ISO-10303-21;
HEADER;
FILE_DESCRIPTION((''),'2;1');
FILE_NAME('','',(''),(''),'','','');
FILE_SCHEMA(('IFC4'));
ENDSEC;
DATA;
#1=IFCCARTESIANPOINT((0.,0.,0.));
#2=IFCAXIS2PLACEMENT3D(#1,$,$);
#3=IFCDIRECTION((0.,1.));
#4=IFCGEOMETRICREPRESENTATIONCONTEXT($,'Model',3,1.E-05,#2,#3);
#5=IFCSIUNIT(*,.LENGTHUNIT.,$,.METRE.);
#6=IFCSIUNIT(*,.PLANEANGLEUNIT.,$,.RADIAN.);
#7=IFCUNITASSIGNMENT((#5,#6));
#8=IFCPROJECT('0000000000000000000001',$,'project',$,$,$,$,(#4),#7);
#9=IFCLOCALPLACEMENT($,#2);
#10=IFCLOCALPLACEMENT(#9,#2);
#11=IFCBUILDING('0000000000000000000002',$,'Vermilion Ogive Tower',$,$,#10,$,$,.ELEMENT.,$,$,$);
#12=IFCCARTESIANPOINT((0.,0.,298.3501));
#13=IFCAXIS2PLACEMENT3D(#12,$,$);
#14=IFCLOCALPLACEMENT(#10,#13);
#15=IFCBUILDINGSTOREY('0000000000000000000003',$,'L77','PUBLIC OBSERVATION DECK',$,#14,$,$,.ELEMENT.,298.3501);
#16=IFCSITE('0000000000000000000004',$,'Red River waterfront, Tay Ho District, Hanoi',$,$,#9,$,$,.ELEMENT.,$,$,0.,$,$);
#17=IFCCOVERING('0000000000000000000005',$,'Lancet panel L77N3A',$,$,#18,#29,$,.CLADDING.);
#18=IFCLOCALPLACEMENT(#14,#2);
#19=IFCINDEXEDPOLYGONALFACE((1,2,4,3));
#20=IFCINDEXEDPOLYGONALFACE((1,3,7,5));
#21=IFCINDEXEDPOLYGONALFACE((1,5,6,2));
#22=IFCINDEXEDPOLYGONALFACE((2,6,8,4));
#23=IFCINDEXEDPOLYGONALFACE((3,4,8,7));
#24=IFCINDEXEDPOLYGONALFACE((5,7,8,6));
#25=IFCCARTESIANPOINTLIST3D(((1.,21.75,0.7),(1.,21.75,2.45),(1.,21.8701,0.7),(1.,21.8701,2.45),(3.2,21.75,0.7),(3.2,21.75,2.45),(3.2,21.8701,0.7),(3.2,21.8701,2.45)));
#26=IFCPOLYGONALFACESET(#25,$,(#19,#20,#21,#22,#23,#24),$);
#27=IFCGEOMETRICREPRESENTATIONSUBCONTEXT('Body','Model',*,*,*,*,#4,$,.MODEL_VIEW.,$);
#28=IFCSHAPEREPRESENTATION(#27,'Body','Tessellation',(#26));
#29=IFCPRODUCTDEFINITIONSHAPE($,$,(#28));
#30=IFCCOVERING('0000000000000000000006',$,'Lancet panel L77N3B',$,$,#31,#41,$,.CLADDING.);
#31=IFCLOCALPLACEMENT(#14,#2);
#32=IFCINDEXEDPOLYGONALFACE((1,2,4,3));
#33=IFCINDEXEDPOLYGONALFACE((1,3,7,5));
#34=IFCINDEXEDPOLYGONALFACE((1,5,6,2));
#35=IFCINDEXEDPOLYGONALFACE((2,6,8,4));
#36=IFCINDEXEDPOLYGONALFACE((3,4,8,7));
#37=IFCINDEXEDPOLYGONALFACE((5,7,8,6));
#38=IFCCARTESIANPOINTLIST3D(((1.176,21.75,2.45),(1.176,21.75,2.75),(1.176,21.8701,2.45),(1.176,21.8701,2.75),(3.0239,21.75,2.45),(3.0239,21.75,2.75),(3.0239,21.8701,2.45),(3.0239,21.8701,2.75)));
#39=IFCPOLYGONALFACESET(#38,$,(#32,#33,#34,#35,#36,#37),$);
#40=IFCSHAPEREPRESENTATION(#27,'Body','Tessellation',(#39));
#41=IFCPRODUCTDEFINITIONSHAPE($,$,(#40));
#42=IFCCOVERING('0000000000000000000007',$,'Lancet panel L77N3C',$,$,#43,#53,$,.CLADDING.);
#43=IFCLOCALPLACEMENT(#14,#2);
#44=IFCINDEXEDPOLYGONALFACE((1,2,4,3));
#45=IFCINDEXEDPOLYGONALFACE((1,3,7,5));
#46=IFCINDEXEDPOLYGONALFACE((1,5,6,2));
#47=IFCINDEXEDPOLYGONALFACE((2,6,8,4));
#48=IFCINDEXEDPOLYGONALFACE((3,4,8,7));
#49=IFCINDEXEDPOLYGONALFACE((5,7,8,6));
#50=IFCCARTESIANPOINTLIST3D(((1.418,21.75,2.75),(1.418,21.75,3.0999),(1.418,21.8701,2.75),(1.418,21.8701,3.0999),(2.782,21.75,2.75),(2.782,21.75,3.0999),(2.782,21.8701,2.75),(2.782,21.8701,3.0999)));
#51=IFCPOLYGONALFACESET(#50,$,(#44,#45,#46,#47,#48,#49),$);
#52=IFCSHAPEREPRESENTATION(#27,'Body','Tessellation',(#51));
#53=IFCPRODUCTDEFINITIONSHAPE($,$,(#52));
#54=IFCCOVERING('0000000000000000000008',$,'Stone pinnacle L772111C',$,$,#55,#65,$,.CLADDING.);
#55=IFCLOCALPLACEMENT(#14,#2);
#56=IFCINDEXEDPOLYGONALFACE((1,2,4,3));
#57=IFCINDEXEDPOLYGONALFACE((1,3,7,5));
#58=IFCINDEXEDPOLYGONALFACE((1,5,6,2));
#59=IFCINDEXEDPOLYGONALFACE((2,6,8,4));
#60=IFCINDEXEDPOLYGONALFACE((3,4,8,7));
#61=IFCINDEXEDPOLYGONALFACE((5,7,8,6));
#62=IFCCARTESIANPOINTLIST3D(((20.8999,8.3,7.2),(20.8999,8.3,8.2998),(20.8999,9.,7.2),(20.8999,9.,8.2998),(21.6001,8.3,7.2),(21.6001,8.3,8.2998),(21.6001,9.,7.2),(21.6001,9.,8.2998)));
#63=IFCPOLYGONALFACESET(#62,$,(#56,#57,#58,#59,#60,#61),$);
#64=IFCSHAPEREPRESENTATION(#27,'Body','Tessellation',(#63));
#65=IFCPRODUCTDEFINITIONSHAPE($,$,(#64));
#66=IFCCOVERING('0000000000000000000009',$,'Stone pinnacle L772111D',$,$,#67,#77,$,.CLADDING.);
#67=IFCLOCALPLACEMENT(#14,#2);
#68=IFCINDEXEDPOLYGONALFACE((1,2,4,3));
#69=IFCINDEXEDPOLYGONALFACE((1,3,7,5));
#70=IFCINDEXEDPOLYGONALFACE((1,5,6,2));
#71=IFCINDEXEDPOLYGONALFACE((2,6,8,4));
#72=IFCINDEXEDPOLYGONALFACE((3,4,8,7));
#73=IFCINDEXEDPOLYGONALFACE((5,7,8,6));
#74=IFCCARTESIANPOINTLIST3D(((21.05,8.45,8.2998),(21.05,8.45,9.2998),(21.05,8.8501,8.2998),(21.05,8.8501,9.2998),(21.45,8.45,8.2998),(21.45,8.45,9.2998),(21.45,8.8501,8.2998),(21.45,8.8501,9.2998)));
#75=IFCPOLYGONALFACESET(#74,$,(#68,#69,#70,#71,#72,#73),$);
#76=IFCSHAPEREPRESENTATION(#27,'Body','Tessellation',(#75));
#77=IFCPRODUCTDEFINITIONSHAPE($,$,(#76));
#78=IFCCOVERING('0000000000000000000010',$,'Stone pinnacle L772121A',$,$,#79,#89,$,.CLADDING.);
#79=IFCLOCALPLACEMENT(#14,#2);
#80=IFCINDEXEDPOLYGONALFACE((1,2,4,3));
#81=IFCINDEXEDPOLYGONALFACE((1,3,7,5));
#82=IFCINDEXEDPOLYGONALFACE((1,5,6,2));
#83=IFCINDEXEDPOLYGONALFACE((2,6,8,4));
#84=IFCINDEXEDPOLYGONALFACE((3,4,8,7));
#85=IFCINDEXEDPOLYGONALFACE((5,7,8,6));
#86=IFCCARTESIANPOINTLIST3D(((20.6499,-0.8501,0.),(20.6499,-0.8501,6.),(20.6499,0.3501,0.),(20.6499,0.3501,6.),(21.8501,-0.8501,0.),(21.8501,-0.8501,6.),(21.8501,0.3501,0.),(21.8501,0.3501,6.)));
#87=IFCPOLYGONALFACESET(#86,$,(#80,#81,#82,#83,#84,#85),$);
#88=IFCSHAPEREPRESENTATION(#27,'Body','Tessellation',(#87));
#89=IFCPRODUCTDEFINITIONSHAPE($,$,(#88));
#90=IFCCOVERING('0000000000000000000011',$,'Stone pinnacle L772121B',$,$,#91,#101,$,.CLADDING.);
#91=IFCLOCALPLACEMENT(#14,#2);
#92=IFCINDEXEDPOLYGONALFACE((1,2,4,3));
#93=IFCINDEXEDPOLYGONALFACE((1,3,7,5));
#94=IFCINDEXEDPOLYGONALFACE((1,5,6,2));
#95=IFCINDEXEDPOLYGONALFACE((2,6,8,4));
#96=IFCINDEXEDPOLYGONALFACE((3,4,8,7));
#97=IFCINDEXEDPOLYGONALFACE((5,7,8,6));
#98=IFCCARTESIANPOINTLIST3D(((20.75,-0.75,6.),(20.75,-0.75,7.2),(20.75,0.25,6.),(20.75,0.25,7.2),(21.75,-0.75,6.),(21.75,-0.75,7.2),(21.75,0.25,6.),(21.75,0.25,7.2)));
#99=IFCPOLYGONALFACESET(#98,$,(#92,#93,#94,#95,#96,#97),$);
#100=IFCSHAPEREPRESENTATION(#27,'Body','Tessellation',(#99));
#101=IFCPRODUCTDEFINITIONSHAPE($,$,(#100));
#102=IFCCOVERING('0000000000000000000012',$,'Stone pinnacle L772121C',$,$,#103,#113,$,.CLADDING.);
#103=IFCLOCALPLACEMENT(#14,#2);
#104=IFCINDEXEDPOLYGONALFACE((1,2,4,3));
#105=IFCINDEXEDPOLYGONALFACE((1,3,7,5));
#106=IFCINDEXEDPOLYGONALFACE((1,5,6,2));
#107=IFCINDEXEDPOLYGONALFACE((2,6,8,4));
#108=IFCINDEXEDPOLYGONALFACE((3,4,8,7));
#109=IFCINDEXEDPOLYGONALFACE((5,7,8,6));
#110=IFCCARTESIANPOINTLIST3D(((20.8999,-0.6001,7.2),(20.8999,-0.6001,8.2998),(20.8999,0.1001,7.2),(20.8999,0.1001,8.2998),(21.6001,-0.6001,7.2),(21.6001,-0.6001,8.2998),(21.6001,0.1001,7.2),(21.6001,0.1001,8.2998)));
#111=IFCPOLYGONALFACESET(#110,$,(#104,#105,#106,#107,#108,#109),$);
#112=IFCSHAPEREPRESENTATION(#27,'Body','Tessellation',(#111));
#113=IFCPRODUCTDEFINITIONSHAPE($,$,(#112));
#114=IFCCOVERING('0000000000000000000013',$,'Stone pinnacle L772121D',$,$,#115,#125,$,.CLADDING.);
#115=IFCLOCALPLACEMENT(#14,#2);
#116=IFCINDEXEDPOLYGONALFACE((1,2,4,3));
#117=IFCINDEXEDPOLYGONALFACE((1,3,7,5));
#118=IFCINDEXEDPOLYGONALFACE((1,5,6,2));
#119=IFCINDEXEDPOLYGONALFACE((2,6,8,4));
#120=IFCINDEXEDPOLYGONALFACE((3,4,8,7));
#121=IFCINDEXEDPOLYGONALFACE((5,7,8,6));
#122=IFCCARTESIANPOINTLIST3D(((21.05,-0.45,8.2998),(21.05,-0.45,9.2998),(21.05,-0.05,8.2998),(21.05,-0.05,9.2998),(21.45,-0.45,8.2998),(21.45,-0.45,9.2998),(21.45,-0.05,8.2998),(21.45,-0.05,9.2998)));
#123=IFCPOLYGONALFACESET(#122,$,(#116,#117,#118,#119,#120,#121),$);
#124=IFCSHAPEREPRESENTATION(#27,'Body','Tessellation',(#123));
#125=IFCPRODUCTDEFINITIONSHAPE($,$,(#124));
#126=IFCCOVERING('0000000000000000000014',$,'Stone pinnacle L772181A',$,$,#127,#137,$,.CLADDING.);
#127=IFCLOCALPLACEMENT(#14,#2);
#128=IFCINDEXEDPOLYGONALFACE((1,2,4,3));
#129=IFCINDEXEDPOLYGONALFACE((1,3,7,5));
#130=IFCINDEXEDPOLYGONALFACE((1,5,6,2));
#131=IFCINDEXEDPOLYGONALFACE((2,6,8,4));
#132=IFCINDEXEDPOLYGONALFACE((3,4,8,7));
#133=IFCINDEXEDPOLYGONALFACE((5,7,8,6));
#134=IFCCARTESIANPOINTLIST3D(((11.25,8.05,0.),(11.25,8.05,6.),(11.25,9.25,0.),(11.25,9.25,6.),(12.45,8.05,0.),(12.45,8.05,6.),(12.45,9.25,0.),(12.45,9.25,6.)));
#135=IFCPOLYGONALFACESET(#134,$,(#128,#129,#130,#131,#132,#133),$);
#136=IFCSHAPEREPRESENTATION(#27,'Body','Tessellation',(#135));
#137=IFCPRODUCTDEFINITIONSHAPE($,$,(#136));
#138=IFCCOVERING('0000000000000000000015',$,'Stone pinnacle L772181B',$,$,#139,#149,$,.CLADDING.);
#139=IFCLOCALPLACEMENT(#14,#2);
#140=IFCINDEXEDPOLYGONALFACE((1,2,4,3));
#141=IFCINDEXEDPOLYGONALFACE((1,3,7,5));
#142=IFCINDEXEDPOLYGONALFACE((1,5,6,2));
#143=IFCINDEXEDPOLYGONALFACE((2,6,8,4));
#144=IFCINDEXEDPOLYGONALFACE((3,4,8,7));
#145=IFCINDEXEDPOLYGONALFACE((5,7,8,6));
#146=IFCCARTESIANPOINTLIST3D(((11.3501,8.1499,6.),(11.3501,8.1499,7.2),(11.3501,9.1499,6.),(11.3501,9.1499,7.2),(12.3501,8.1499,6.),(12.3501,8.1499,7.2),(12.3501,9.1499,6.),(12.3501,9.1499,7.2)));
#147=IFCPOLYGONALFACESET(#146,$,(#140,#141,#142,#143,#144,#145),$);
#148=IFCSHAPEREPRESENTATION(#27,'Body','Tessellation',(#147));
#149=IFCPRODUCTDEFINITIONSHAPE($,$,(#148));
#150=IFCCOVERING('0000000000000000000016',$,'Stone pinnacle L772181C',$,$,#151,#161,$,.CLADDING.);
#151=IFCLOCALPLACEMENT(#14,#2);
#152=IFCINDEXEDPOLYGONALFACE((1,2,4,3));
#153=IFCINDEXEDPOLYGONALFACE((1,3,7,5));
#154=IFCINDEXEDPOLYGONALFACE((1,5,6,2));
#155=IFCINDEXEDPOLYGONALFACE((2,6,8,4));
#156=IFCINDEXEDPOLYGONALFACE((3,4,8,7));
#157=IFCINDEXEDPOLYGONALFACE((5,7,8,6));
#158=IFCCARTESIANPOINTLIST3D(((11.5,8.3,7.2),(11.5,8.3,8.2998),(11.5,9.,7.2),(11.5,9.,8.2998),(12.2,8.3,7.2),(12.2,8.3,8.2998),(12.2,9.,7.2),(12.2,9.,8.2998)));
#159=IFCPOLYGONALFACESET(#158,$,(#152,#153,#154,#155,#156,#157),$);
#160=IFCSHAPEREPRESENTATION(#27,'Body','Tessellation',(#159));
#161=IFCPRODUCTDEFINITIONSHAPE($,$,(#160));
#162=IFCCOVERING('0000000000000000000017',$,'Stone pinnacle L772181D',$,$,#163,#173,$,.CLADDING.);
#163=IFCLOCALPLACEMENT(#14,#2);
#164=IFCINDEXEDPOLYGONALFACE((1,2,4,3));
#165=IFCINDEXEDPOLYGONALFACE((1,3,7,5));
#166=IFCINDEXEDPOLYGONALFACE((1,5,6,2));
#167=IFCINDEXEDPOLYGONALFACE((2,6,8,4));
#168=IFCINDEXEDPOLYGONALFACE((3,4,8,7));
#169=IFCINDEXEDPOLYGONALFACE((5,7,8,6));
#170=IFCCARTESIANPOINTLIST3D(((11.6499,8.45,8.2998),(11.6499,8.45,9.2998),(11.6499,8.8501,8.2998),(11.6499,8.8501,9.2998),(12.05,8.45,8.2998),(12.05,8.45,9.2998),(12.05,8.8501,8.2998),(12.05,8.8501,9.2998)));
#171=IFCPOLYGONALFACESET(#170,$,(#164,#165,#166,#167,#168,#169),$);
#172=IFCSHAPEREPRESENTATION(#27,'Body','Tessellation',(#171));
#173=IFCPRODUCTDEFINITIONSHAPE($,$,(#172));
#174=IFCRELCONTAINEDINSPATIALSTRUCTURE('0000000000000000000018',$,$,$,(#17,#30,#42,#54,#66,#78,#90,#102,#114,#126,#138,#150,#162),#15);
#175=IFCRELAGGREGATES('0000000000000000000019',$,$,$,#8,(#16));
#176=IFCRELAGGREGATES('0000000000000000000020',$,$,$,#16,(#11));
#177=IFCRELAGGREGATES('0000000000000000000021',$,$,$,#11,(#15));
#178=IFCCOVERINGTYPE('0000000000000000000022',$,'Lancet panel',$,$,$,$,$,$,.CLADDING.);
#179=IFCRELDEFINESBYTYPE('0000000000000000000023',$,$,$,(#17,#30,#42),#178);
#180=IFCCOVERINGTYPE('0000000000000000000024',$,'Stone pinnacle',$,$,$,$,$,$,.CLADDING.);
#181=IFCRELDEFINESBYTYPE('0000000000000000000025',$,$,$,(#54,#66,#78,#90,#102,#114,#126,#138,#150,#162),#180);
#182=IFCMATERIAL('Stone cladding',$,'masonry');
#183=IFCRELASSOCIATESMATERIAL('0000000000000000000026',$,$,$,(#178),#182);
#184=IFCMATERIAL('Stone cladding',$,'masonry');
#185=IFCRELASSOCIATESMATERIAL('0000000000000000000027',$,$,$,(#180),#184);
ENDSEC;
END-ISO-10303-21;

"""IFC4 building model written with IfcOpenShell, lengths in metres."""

from ifc_helpers import new_model, si_unit, direction, frame, origin, place, context, subcontext, project, spatial, polyline, outline, extrude, material, type_object, element, save


model = new_model("IFC4")

# Units and contexts
model_context = context("Model", 3, precision=1e-05, world=origin(), true_north=direction((0.0, 1.0)))
body_context = subcontext(model_context, "Body", "Model", "MODEL_VIEW")
ifc_project = project(units=[si_unit("LENGTHUNIT", "METRE"), si_unit("PLANEANGLEUNIT", "RADIAN")], contexts=[model_context])

# Site, building, storey
site_placement = place(None, origin())
site = spatial("IfcSite", under=ifc_project, at=site_placement, Name="Red River waterfront, Tay Ho District, Hanoi", CompositionType="ELEMENT", RefElevation=0.0)
building_placement = place(site_placement, origin())
building = spatial("IfcBuilding", under=site, at=building_placement, Name="Vermilion Ogive Tower", CompositionType="ELEMENT")
storey_placement = place(building_placement, frame((0.0, 0.0, 298.3501)))
storey = spatial("IfcBuildingStorey", under=building, at=storey_placement, Name="L77", Description="PUBLIC OBSERVATION DECK", CompositionType="ELEMENT", Elevation=298.3501)

# Coverings
ifc_material_1 = material(Name="Stone cladding", Category="masonry")
covering_type_1 = type_object("IfcCoveringType", Name="Lancet panel", PredefinedType="CLADDING", material=ifc_material_1)
covering_1_placement = place(storey_placement, frame((0.0, 0.0, 0.7)))
element("IfcCovering", 1, at=covering_1_placement, inside=storey, type_object=covering_type_1, Name="Lancet panel L77N3A", PredefinedType="CLADDING", context=body_context, shape_type="SweptSolid", body=[
    extrude(outline(polyline([(1.0, 21.75), (3.2, 21.75), (3.2, 21.8701), (1.0, 21.8701), (1.0, 21.75)])), origin(), (0.0, 0.0, 1.0), 1.75),
])
covering_2_placement = place(storey_placement, frame((0.0, 0.0, 2.45)))
element("IfcCovering", 2, at=covering_2_placement, inside=storey, type_object=covering_type_1, Name="Lancet panel L77N3B", PredefinedType="CLADDING", context=body_context, shape_type="SweptSolid", body=[
    extrude(outline(polyline([(1.176, 21.75), (3.0239, 21.75), (3.0239, 21.8701), (1.176, 21.8701), (1.176, 21.75)])), origin(), (0.0, 0.0, 1.0), 0.3),
])
covering_3_placement = place(storey_placement, frame((0.0, 0.0, 2.75)))
element("IfcCovering", 3, at=covering_3_placement, inside=storey, type_object=covering_type_1, Name="Lancet panel L77N3C", PredefinedType="CLADDING", context=body_context, shape_type="SweptSolid", body=[
    extrude(outline(polyline([(1.418, 21.75), (2.782, 21.75), (2.782, 21.8701), (1.418, 21.8701), (1.418, 21.75)])), origin(), (0.0, 0.0, 1.0), 0.3499),
])
ifc_material_2 = material(Name="Stone cladding", Category="masonry")
covering_type_2 = type_object("IfcCoveringType", Name="Stone pinnacle", PredefinedType="CLADDING", material=ifc_material_2)
covering_4_placement = place(storey_placement, frame((0.0, 0.0, 7.2)))
element("IfcCovering", 4, at=covering_4_placement, inside=storey, type_object=covering_type_2, Name="Stone pinnacle L772111C", PredefinedType="CLADDING", context=body_context, shape_type="SweptSolid", body=[
    extrude(outline(polyline([(20.8999, 8.3), (21.6001, 8.3), (21.6001, 9.0), (20.8999, 9.0), (20.8999, 8.3)])), origin(), (0.0, 0.0, 1.0), 1.0999),
])
covering_5_placement = place(storey_placement, frame((0.0, 0.0, 8.2998)))
element("IfcCovering", 5, at=covering_5_placement, inside=storey, type_object=covering_type_2, Name="Stone pinnacle L772111D", PredefinedType="CLADDING", context=body_context, shape_type="SweptSolid", body=[
    extrude(outline(polyline([(21.05, 8.45), (21.45, 8.45), (21.45, 8.8501), (21.05, 8.8501), (21.05, 8.45)])), origin(), (0.0, 0.0, 1.0), 1.0),
])
covering_6_placement = place(storey_placement, origin())
element("IfcCovering", 6, at=covering_6_placement, inside=storey, type_object=covering_type_2, Name="Stone pinnacle L772121A", PredefinedType="CLADDING", context=body_context, shape_type="SweptSolid", body=[
    extrude(outline(polyline([(20.6499, -0.8501), (21.8501, -0.8501), (21.8501, 0.3501), (20.6499, 0.3501), (20.6499, -0.8501)])), origin(), (0.0, 0.0, 1.0), 6.0),
])
covering_7_placement = place(storey_placement, frame((0.0, 0.0, 6.0)))
element("IfcCovering", 7, at=covering_7_placement, inside=storey, type_object=covering_type_2, Name="Stone pinnacle L772121B", PredefinedType="CLADDING", context=body_context, shape_type="SweptSolid", body=[
    extrude(outline(polyline([(20.75, -0.75), (21.75, -0.75), (21.75, 0.25), (20.75, 0.25), (20.75, -0.75)])), origin(), (0.0, 0.0, 1.0), 1.2),
])
covering_8_placement = place(storey_placement, frame((0.0, 0.0, 7.2)))
element("IfcCovering", 8, at=covering_8_placement, inside=storey, type_object=covering_type_2, Name="Stone pinnacle L772121C", PredefinedType="CLADDING", context=body_context, shape_type="SweptSolid", body=[
    extrude(outline(polyline([(20.8999, -0.6001), (21.6001, -0.6001), (21.6001, 0.1001), (20.8999, 0.1001), (20.8999, -0.6001)])), origin(), (0.0, 0.0, 1.0), 1.0999),
])
covering_9_placement = place(storey_placement, frame((0.0, 0.0, 8.2998)))
element("IfcCovering", 9, at=covering_9_placement, inside=storey, type_object=covering_type_2, Name="Stone pinnacle L772121D", PredefinedType="CLADDING", context=body_context, shape_type="SweptSolid", body=[
    extrude(outline(polyline([(21.05, -0.45), (21.45, -0.45), (21.45, -0.05), (21.05, -0.05), (21.05, -0.45)])), origin(), (0.0, 0.0, 1.0), 1.0),
])
covering_10_placement = place(storey_placement, origin())
element("IfcCovering", 10, at=covering_10_placement, inside=storey, type_object=covering_type_2, Name="Stone pinnacle L772181A", PredefinedType="CLADDING", context=body_context, shape_type="SweptSolid", body=[
    extrude(outline(polyline([(11.25, 8.05), (12.45, 8.05), (12.45, 9.25), (11.25, 9.25), (11.25, 8.05)])), origin(), (0.0, 0.0, 1.0), 6.0),
])
covering_11_placement = place(storey_placement, frame((0.0, 0.0, 6.0)))
element("IfcCovering", 11, at=covering_11_placement, inside=storey, type_object=covering_type_2, Name="Stone pinnacle L772181B", PredefinedType="CLADDING", context=body_context, shape_type="SweptSolid", body=[
    extrude(outline(polyline([(11.3501, 8.1499), (12.3501, 8.1499), (12.3501, 9.1499), (11.3501, 9.1499), (11.3501, 8.1499)])), origin(), (0.0, 0.0, 1.0), 1.2),
])
covering_12_placement = place(storey_placement, frame((0.0, 0.0, 7.2)))
element("IfcCovering", 12, at=covering_12_placement, inside=storey, type_object=covering_type_2, Name="Stone pinnacle L772181C", PredefinedType="CLADDING", context=body_context, shape_type="SweptSolid", body=[
    extrude(outline(polyline([(11.5, 8.3), (12.2, 8.3), (12.2, 9.0), (11.5, 9.0), (11.5, 8.3)])), origin(), (0.0, 0.0, 1.0), 1.0999),
])
covering_13_placement = place(storey_placement, frame((0.0, 0.0, 8.2998)))
element("IfcCovering", 13, at=covering_13_placement, inside=storey, type_object=covering_type_2, Name="Stone pinnacle L772181D", PredefinedType="CLADDING", context=body_context, shape_type="SweptSolid", body=[
    extrude(outline(polyline([(11.6499, 8.45), (12.05, 8.45), (12.05, 8.8501), (11.6499, 8.8501), (11.6499, 8.45)])), origin(), (0.0, 0.0, 1.0), 1.0),
])

save(model, "model.ifc")
